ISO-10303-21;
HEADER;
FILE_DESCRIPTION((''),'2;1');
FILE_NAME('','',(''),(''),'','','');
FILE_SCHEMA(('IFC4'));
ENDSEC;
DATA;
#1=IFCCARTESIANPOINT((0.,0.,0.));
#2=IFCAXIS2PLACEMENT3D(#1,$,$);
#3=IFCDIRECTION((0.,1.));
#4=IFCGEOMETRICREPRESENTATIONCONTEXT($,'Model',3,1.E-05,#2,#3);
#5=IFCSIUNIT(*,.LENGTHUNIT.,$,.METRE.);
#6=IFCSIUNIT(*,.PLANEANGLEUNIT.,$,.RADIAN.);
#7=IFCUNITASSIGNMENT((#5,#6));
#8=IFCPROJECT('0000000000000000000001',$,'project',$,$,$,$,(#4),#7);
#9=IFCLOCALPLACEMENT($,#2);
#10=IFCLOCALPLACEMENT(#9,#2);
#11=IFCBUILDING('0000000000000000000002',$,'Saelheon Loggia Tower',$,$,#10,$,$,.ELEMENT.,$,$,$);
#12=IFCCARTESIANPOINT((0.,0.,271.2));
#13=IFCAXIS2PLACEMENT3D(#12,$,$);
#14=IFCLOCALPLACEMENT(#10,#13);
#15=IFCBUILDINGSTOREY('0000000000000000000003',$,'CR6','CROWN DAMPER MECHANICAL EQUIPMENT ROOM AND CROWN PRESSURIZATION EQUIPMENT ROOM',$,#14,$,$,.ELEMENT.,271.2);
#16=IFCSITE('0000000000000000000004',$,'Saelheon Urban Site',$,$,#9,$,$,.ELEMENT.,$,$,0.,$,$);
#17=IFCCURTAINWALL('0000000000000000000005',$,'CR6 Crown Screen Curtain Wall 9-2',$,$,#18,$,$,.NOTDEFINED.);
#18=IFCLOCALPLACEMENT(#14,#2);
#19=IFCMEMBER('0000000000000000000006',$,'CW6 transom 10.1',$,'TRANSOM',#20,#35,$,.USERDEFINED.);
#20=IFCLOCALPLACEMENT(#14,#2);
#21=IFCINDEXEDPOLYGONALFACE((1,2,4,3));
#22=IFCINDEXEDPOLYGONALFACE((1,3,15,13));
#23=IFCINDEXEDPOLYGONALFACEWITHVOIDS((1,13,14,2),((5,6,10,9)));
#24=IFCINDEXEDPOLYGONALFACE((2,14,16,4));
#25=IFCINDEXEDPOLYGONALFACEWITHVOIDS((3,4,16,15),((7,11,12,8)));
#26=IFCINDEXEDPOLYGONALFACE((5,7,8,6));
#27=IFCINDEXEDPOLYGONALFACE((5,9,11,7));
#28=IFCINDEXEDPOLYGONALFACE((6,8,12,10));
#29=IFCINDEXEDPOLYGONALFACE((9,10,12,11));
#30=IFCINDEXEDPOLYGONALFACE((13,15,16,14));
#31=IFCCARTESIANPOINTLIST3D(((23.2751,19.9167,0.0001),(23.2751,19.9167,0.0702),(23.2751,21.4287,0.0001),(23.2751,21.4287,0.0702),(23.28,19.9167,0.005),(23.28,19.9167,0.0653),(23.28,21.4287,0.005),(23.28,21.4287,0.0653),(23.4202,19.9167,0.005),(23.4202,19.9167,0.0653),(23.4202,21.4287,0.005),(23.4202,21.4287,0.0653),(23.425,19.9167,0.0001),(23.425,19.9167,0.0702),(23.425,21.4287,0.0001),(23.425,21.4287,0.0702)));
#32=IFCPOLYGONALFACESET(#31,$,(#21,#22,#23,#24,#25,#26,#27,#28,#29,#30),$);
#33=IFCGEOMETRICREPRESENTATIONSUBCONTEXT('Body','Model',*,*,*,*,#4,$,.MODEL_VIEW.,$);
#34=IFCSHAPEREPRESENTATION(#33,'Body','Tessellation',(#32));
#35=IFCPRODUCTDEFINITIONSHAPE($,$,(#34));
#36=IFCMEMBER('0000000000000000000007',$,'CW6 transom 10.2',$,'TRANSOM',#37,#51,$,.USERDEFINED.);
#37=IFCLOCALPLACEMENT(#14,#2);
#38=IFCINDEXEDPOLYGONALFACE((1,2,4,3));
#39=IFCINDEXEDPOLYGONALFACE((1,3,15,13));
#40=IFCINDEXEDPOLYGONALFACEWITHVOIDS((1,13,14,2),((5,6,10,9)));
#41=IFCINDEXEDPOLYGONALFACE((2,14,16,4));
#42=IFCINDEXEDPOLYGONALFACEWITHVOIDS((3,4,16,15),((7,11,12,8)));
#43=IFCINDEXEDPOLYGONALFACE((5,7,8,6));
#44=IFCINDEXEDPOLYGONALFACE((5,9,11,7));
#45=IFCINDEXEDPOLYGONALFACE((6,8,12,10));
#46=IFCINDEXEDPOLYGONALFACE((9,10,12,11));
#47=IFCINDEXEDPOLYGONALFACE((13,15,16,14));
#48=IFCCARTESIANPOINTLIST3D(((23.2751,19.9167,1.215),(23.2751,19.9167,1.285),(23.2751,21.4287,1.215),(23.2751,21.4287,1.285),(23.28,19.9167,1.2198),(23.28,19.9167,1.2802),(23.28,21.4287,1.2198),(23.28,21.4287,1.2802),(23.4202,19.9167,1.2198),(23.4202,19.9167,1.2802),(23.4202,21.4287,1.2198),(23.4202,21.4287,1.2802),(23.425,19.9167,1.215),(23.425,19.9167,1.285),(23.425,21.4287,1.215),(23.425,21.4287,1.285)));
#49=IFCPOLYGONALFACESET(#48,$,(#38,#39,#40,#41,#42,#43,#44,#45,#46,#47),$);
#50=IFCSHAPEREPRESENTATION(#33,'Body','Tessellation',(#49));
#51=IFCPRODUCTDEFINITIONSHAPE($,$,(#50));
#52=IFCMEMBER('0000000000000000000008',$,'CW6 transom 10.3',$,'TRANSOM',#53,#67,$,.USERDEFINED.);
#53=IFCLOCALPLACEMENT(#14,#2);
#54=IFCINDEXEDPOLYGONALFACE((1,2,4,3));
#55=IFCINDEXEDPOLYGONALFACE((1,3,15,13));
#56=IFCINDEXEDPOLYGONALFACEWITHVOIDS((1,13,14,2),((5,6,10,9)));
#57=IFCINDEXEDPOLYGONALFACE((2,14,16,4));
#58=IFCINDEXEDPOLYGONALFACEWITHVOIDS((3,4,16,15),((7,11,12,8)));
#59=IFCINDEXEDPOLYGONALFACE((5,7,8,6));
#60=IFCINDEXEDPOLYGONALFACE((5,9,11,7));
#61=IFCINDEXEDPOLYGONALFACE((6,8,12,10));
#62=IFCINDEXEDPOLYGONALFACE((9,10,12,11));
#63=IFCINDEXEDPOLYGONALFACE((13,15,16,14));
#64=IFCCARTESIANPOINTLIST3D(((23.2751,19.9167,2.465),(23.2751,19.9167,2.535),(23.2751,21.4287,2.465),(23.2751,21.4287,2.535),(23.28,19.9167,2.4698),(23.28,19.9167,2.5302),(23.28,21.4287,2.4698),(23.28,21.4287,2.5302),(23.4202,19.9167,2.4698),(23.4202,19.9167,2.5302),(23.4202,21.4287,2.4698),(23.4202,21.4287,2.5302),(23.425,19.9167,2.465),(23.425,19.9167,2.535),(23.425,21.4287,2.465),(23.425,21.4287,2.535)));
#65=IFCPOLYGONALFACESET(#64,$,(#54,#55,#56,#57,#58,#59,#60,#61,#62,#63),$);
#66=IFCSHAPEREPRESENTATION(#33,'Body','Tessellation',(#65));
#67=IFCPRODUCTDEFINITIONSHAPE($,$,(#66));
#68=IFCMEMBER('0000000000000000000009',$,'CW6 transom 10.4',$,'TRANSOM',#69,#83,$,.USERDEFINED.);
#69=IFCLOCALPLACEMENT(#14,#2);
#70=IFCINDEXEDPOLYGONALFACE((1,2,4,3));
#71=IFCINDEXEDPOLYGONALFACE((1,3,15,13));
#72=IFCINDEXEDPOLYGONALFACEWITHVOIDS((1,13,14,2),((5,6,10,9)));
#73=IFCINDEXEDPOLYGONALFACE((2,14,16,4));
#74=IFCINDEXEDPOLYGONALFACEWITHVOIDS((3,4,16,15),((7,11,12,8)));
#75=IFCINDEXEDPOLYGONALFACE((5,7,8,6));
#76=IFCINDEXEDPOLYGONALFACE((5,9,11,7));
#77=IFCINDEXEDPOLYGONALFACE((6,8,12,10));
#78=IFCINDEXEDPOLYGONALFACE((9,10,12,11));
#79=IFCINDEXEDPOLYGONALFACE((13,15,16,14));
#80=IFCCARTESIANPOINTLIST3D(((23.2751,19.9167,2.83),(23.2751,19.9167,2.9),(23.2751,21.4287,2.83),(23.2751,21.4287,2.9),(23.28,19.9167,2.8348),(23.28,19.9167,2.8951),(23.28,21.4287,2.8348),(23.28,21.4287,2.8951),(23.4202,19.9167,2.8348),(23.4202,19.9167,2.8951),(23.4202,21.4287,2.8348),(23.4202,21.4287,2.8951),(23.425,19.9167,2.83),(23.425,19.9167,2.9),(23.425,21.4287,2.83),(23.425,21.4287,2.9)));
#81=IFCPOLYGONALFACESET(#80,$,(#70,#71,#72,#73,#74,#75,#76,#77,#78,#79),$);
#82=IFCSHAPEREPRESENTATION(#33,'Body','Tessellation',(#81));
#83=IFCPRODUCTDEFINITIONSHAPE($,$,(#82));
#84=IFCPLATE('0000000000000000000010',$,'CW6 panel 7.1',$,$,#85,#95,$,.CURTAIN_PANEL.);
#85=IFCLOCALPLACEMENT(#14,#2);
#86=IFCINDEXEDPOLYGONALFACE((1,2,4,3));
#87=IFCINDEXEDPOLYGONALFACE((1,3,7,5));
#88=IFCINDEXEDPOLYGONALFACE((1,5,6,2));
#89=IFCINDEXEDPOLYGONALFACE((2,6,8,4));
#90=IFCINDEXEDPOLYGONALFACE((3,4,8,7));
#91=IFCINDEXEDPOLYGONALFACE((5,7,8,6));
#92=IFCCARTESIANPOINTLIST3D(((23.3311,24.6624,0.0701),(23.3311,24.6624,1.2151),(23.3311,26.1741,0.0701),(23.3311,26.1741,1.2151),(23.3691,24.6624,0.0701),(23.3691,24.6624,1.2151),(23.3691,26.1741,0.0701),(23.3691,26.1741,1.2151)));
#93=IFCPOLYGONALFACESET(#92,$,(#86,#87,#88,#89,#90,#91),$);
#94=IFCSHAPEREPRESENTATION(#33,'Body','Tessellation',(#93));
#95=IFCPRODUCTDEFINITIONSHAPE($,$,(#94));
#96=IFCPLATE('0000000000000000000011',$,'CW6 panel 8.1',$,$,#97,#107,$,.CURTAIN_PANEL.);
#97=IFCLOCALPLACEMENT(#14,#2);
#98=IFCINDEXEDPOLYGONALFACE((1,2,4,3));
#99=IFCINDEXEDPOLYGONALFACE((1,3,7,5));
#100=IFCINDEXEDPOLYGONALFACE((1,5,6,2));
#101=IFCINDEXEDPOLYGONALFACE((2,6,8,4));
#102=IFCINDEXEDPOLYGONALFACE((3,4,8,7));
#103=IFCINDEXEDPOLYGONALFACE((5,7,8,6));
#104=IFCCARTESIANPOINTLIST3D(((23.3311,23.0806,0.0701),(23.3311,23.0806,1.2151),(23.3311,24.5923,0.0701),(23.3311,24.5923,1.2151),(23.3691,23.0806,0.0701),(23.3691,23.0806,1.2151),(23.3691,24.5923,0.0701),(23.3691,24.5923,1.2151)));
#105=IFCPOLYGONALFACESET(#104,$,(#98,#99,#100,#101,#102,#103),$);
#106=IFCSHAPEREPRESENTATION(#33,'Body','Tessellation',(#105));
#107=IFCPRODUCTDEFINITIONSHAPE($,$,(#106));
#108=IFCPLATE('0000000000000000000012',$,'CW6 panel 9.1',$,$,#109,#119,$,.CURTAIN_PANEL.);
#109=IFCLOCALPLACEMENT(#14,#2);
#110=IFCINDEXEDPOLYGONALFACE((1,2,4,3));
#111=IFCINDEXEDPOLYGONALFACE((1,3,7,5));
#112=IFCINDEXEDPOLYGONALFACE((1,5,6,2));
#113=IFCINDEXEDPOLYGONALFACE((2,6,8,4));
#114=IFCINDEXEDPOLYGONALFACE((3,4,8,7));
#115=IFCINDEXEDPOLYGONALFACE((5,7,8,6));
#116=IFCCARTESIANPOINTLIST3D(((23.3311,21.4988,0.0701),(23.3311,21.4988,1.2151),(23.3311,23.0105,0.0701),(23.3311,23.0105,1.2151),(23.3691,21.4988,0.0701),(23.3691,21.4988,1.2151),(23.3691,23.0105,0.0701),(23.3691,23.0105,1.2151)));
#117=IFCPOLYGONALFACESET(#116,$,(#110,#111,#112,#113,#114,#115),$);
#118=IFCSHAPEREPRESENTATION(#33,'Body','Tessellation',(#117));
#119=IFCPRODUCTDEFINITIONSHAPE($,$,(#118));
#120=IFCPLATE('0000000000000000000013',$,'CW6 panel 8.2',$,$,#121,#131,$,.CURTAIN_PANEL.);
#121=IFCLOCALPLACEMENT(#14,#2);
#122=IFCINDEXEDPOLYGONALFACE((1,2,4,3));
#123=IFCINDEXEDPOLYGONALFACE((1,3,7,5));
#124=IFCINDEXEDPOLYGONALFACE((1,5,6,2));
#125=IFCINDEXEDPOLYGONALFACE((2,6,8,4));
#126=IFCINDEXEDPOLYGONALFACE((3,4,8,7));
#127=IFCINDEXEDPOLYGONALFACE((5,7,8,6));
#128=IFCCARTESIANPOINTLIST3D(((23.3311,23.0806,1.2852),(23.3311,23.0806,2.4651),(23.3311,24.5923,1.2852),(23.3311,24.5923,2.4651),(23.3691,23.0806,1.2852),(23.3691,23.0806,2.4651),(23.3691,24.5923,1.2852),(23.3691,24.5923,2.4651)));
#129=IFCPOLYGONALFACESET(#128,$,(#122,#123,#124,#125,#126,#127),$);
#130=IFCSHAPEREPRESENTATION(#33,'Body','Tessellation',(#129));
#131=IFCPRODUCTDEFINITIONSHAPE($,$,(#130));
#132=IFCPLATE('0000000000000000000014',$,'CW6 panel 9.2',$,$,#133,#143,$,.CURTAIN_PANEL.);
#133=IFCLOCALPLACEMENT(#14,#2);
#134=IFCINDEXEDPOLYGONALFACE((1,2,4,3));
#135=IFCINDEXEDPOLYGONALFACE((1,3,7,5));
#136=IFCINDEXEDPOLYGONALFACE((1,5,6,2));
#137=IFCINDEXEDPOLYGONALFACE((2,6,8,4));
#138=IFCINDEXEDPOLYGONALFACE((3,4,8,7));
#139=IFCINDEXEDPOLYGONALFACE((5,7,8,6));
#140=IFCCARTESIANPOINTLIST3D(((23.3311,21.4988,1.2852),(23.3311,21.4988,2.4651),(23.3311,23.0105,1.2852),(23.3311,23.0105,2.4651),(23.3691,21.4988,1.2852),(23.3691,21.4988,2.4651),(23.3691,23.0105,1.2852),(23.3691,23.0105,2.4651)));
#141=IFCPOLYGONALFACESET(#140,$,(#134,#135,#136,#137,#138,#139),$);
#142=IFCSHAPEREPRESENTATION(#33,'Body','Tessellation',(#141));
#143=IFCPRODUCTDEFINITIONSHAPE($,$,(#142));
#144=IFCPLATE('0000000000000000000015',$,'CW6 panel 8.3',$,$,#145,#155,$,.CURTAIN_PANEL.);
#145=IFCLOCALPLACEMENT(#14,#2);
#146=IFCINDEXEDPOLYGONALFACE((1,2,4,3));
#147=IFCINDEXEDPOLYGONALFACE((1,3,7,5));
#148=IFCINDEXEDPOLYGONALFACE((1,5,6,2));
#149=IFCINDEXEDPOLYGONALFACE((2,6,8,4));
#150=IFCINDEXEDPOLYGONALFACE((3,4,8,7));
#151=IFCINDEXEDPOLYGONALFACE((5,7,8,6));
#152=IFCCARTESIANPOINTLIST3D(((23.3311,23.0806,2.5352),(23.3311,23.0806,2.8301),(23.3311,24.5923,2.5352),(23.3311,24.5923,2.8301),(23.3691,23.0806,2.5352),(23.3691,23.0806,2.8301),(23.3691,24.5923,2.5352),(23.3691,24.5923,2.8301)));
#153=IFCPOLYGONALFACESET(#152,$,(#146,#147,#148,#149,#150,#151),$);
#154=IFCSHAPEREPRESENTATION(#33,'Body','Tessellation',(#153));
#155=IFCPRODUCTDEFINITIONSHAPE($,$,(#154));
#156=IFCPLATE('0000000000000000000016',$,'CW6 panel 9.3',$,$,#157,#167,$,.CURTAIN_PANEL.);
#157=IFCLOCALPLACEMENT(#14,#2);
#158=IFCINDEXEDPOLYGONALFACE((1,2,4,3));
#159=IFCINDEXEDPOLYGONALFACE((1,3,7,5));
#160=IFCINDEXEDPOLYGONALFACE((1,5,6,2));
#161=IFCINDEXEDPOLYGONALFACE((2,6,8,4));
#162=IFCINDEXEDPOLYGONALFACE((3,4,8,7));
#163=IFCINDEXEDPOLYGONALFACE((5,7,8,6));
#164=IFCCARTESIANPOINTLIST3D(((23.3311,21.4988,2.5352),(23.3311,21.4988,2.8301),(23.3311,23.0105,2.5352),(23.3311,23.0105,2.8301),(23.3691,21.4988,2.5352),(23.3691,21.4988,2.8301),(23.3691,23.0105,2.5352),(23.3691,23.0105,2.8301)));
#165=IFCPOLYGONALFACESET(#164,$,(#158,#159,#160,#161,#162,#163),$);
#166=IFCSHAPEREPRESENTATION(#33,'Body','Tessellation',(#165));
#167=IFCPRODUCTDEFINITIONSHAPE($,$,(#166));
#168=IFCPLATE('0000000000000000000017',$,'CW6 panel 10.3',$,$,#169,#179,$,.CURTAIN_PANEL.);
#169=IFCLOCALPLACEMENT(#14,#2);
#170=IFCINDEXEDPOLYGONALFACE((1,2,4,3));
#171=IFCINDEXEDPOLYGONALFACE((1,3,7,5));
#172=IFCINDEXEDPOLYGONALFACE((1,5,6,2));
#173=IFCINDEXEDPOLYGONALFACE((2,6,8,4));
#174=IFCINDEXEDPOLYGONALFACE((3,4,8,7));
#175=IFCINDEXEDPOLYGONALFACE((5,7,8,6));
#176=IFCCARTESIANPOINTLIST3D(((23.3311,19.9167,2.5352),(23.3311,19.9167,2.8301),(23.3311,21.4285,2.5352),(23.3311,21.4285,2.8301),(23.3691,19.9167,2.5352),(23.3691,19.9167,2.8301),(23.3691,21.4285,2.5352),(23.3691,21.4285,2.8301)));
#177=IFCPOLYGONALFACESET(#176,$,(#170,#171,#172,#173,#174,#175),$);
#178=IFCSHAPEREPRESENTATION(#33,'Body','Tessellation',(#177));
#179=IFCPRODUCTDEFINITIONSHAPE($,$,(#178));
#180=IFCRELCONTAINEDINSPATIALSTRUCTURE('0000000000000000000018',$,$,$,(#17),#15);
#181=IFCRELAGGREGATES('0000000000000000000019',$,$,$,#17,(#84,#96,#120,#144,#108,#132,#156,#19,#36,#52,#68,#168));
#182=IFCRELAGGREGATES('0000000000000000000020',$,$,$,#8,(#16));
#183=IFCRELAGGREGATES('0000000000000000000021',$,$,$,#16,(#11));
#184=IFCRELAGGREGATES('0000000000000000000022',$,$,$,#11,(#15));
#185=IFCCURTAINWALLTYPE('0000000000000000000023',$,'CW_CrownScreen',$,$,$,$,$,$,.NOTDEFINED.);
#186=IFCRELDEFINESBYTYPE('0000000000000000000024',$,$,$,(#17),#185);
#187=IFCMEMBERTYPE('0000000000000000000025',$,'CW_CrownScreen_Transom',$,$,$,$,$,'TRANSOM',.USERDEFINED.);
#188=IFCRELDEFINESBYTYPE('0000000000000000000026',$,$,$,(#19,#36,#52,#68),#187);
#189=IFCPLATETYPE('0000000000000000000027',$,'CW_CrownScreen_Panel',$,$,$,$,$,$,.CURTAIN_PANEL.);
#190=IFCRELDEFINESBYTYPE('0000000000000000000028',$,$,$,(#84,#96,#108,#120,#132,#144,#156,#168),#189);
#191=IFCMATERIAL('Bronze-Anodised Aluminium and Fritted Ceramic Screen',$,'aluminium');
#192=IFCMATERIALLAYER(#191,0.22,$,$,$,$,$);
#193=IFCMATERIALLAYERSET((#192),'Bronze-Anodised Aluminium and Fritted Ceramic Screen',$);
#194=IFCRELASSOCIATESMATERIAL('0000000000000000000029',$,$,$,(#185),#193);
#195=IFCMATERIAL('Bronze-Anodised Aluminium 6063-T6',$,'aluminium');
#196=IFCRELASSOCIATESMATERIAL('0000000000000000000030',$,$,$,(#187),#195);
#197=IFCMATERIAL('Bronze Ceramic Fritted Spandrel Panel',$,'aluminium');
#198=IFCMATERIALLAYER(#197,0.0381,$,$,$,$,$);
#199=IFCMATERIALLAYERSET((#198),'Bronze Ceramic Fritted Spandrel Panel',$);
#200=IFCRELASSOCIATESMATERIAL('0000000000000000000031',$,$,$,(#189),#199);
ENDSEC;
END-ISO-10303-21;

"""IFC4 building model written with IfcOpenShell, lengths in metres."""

from ifc_helpers import new_model, si_unit, direction, frame, origin, origin_2d, place, context, subcontext, project, spatial, rectangle, hollow_rectangle, extrude, source, transform, mapped, material, layer, layer_set, material_profile, profile_set, type_object, element, aggregate, save


model = new_model("IFC4")

# Units and contexts
model_context = context("Model", 3, precision=1e-05, world=origin(), true_north=direction((0.0, 1.0)))
body_context = subcontext(model_context, "Body", "Model", "MODEL_VIEW")
ifc_project = project(units=[si_unit("LENGTHUNIT", "METRE"), si_unit("PLANEANGLEUNIT", "RADIAN")], contexts=[model_context])

# Site, building, storey
site_placement = place(None, origin())
site = spatial("IfcSite", under=ifc_project, at=site_placement, Name="Saelheon Urban Site", CompositionType="ELEMENT", RefElevation=0.0)
building_placement = place(site_placement, origin())
building = spatial("IfcBuilding", under=site, at=building_placement, Name="Saelheon Loggia Tower", CompositionType="ELEMENT")
storey_placement = place(building_placement, frame((0.0, 0.0, 271.2)))
storey = spatial("IfcBuildingStorey", under=building, at=storey_placement, Name="CR6", Description="CROWN DAMPER MECHANICAL EQUIPMENT ROOM AND CROWN PRESSURIZATION EQUIPMENT ROOM", CompositionType="ELEMENT", Elevation=271.2)

# Curtain wall, members, plates
ifc_material_1 = material(Name="Bronze-Anodised Aluminium and Fritted Ceramic Screen", Category="aluminium")
ifc_layer_1 = layer(ifc_material_1, 0.22)
ifc_layer_set_1 = layer_set([ifc_layer_1], Name="Bronze-Anodised Aluminium and Fritted Ceramic Screen")
curtain_wall_type = type_object("IfcCurtainWallType", Name="CW_CrownScreen", PredefinedType="NOTDEFINED", material=ifc_layer_set_1)
curtain_wall_placement = place(storey_placement, origin())
curtain_wall = element("IfcCurtainWall", 1, at=curtain_wall_placement, inside=storey, type_object=curtain_wall_type, Name="CR6 Crown Screen Curtain Wall 9-2", PredefinedType="NOTDEFINED")
ifc_material_2 = material(Name="Bronze-Anodised Aluminium 6063-T6", Category="aluminium")
ifc_material_profile_1 = material_profile(ifc_material_2, hollow_rectangle(XDim=0.0701, YDim=0.1499, WallThickness=0.0049, at=origin_2d()), Name="RHS-150x70x5")
ifc_profile_set_1 = profile_set([ifc_material_profile_1], Name="Bronze-Anodised Aluminium 6063-T6")
member_type_1 = type_object("IfcMemberType", Name="CW_CrownScreen_Transom", ElementType="TRANSOM", PredefinedType="USERDEFINED", material=ifc_profile_set_1)
shared_shape_1 = source(origin(), body_context, "Body", "SweptSolid", [
    extrude(hollow_rectangle(XDim=0.0701, YDim=0.1499, WallThickness=0.0049, at=origin_2d()), origin(), (0.0, 0.0, 1.0), 1.512),
])
member_1_placement = place(storey_placement, frame((23.3501, 21.4287, 0.0352), z_axis=(0.0, -1.0, 0.0), x_axis=(0.0, 0.0, 1.0)))
member_1 = element("IfcMember", 2, at=member_1_placement, type_object=member_type_1, Name="CW6 transom 10.1", ObjectType="TRANSOM", PredefinedType="USERDEFINED", context=body_context, shape_type="MappedRepresentation", body=[
    mapped(shared_shape_1, transform((0.0, 0.0, 0.0), scale=1.0)),
])
member_2_placement = place(storey_placement, frame((23.3501, 21.4287, 1.25), z_axis=(0.0, -1.0, 0.0), x_axis=(0.0, 0.0, 1.0)))
member_2 = element("IfcMember", 3, at=member_2_placement, type_object=member_type_1, Name="CW6 transom 10.2", ObjectType="TRANSOM", PredefinedType="USERDEFINED", context=body_context, shape_type="MappedRepresentation", body=[
    mapped(shared_shape_1, transform((0.0, 0.0, 0.0), scale=1.0)),
])
member_3_placement = place(storey_placement, frame((23.3501, 21.4287, 2.5), z_axis=(0.0, -1.0, 0.0), x_axis=(0.0, 0.0, 1.0)))
member_3 = element("IfcMember", 4, at=member_3_placement, type_object=member_type_1, Name="CW6 transom 10.3", ObjectType="TRANSOM", PredefinedType="USERDEFINED", context=body_context, shape_type="MappedRepresentation", body=[
    mapped(shared_shape_1, transform((0.0, 0.0, 0.0), scale=1.0)),
])
member_4_placement = place(storey_placement, frame((23.3501, 21.4287, 2.865), z_axis=(0.0, -1.0, 0.0), x_axis=(0.0, 0.0, 1.0)))
member_4 = element("IfcMember", 5, at=member_4_placement, type_object=member_type_1, Name="CW6 transom 10.4", ObjectType="TRANSOM", PredefinedType="USERDEFINED", context=body_context, shape_type="MappedRepresentation", body=[
    mapped(shared_shape_1, transform((0.0, 0.0, 0.0), scale=1.0)),
])
ifc_material_3 = material(Name="Bronze Ceramic Fritted Spandrel Panel", Category="aluminium")
ifc_layer_2 = layer(ifc_material_3, 0.0381)
ifc_layer_set_2 = layer_set([ifc_layer_2], Name="Bronze Ceramic Fritted Spandrel Panel")
plate_type = type_object("IfcPlateType", Name="CW_CrownScreen_Panel", PredefinedType="CURTAIN_PANEL", material=ifc_layer_set_2)
shared_shape_2 = source(origin(), body_context, "Body", "SweptSolid", [
    extrude(rectangle(XDim=1.5117, YDim=0.0381, at=origin_2d()), origin(), (0.0, 0.0, 1.0), 1.145),
])
plate_1_placement = place(storey_placement, frame((23.3501, 25.4182, 0.0701), z_axis=(0.0, 0.0, 1.0), x_axis=(0.0, -1.0, 0.0)))
plate_1 = element("IfcPlate", 6, at=plate_1_placement, type_object=plate_type, Name="CW6 panel 7.1", PredefinedType="CURTAIN_PANEL", context=body_context, shape_type="MappedRepresentation", body=[
    mapped(shared_shape_2, transform((0.0, 0.0, 0.0), scale=1.0)),
])
plate_2_placement = place(storey_placement, frame((23.3501, 23.8364, 0.0701), z_axis=(0.0, 0.0, 1.0), x_axis=(0.0, -1.0, 0.0)))
plate_2 = element("IfcPlate", 7, at=plate_2_placement, type_object=plate_type, Name="CW6 panel 8.1", PredefinedType="CURTAIN_PANEL", context=body_context, shape_type="MappedRepresentation", body=[
    mapped(shared_shape_2, transform((0.0, 0.0, 0.0), scale=1.0)),
])
plate_3_placement = place(storey_placement, frame((23.3501, 22.2546, 0.0701), z_axis=(0.0, 0.0, 1.0), x_axis=(0.0, -1.0, 0.0)))
plate_3 = element("IfcPlate", 8, at=plate_3_placement, type_object=plate_type, Name="CW6 panel 9.1", PredefinedType="CURTAIN_PANEL", context=body_context, shape_type="MappedRepresentation", body=[
    mapped(shared_shape_2, transform((0.0, 0.0, 0.0), scale=1.0)),
])
shared_shape_3 = source(origin(), body_context, "Body", "SweptSolid", [
    extrude(rectangle(XDim=1.5117, YDim=0.0381, at=origin_2d()), origin(), (0.0, 0.0, 1.0), 1.1799),
])
plate_4_placement = place(storey_placement, frame((23.3501, 23.8364, 1.2852), z_axis=(0.0, 0.0, 1.0), x_axis=(0.0, -1.0, 0.0)))
plate_4 = element("IfcPlate", 9, at=plate_4_placement, type_object=plate_type, Name="CW6 panel 8.2", PredefinedType="CURTAIN_PANEL", context=body_context, shape_type="MappedRepresentation", body=[
    mapped(shared_shape_3, transform((0.0, 0.0, 0.0), scale=1.0)),
])
plate_5_placement = place(storey_placement, frame((23.3501, 22.2546, 1.2852), z_axis=(0.0, 0.0, 1.0), x_axis=(0.0, -1.0, 0.0)))
plate_5 = element("IfcPlate", 10, at=plate_5_placement, type_object=plate_type, Name="CW6 panel 9.2", PredefinedType="CURTAIN_PANEL", context=body_context, shape_type="MappedRepresentation", body=[
    mapped(shared_shape_3, transform((0.0, 0.0, 0.0), scale=1.0)),
])
shared_shape_4 = source(origin(), body_context, "Body", "SweptSolid", [
    extrude(rectangle(XDim=1.5117, YDim=0.0381, at=origin_2d()), origin(), (0.0, 0.0, 1.0), 0.2949),
])
plate_6_placement = place(storey_placement, frame((23.3501, 23.8364, 2.5352), z_axis=(0.0, 0.0, 1.0), x_axis=(0.0, -1.0, 0.0)))
plate_6 = element("IfcPlate", 11, at=plate_6_placement, type_object=plate_type, Name="CW6 panel 8.3", PredefinedType="CURTAIN_PANEL", context=body_context, shape_type="MappedRepresentation", body=[
    mapped(shared_shape_4, transform((0.0, 0.0, 0.0), scale=1.0)),
])
plate_7_placement = place(storey_placement, frame((23.3501, 22.2546, 2.5352), z_axis=(0.0, 0.0, 1.0), x_axis=(0.0, -1.0, 0.0)))
plate_7 = element("IfcPlate", 12, at=plate_7_placement, type_object=plate_type, Name="CW6 panel 9.3", PredefinedType="CURTAIN_PANEL", context=body_context, shape_type="MappedRepresentation", body=[
    mapped(shared_shape_4, transform((0.0, 0.0, 0.0), scale=1.0)),
])
plate_8_placement = place(storey_placement, frame((23.3501, 20.6726, 2.5352), z_axis=(0.0, 0.0, 1.0), x_axis=(0.0, -1.0, 0.0)))
plate_8 = element("IfcPlate", 13, at=plate_8_placement, type_object=plate_type, Name="CW6 panel 10.3", PredefinedType="CURTAIN_PANEL", context=body_context, shape_type="MappedRepresentation", body=[
    mapped(shared_shape_4, transform((0.0, 0.0, 0.0), scale=1.0)),
])
aggregate(curtain_wall, [plate_1, plate_2, plate_4, plate_6, plate_3, plate_5, plate_7, member_1, member_2, member_3, member_4, plate_8])

save(model, "model.ifc")
